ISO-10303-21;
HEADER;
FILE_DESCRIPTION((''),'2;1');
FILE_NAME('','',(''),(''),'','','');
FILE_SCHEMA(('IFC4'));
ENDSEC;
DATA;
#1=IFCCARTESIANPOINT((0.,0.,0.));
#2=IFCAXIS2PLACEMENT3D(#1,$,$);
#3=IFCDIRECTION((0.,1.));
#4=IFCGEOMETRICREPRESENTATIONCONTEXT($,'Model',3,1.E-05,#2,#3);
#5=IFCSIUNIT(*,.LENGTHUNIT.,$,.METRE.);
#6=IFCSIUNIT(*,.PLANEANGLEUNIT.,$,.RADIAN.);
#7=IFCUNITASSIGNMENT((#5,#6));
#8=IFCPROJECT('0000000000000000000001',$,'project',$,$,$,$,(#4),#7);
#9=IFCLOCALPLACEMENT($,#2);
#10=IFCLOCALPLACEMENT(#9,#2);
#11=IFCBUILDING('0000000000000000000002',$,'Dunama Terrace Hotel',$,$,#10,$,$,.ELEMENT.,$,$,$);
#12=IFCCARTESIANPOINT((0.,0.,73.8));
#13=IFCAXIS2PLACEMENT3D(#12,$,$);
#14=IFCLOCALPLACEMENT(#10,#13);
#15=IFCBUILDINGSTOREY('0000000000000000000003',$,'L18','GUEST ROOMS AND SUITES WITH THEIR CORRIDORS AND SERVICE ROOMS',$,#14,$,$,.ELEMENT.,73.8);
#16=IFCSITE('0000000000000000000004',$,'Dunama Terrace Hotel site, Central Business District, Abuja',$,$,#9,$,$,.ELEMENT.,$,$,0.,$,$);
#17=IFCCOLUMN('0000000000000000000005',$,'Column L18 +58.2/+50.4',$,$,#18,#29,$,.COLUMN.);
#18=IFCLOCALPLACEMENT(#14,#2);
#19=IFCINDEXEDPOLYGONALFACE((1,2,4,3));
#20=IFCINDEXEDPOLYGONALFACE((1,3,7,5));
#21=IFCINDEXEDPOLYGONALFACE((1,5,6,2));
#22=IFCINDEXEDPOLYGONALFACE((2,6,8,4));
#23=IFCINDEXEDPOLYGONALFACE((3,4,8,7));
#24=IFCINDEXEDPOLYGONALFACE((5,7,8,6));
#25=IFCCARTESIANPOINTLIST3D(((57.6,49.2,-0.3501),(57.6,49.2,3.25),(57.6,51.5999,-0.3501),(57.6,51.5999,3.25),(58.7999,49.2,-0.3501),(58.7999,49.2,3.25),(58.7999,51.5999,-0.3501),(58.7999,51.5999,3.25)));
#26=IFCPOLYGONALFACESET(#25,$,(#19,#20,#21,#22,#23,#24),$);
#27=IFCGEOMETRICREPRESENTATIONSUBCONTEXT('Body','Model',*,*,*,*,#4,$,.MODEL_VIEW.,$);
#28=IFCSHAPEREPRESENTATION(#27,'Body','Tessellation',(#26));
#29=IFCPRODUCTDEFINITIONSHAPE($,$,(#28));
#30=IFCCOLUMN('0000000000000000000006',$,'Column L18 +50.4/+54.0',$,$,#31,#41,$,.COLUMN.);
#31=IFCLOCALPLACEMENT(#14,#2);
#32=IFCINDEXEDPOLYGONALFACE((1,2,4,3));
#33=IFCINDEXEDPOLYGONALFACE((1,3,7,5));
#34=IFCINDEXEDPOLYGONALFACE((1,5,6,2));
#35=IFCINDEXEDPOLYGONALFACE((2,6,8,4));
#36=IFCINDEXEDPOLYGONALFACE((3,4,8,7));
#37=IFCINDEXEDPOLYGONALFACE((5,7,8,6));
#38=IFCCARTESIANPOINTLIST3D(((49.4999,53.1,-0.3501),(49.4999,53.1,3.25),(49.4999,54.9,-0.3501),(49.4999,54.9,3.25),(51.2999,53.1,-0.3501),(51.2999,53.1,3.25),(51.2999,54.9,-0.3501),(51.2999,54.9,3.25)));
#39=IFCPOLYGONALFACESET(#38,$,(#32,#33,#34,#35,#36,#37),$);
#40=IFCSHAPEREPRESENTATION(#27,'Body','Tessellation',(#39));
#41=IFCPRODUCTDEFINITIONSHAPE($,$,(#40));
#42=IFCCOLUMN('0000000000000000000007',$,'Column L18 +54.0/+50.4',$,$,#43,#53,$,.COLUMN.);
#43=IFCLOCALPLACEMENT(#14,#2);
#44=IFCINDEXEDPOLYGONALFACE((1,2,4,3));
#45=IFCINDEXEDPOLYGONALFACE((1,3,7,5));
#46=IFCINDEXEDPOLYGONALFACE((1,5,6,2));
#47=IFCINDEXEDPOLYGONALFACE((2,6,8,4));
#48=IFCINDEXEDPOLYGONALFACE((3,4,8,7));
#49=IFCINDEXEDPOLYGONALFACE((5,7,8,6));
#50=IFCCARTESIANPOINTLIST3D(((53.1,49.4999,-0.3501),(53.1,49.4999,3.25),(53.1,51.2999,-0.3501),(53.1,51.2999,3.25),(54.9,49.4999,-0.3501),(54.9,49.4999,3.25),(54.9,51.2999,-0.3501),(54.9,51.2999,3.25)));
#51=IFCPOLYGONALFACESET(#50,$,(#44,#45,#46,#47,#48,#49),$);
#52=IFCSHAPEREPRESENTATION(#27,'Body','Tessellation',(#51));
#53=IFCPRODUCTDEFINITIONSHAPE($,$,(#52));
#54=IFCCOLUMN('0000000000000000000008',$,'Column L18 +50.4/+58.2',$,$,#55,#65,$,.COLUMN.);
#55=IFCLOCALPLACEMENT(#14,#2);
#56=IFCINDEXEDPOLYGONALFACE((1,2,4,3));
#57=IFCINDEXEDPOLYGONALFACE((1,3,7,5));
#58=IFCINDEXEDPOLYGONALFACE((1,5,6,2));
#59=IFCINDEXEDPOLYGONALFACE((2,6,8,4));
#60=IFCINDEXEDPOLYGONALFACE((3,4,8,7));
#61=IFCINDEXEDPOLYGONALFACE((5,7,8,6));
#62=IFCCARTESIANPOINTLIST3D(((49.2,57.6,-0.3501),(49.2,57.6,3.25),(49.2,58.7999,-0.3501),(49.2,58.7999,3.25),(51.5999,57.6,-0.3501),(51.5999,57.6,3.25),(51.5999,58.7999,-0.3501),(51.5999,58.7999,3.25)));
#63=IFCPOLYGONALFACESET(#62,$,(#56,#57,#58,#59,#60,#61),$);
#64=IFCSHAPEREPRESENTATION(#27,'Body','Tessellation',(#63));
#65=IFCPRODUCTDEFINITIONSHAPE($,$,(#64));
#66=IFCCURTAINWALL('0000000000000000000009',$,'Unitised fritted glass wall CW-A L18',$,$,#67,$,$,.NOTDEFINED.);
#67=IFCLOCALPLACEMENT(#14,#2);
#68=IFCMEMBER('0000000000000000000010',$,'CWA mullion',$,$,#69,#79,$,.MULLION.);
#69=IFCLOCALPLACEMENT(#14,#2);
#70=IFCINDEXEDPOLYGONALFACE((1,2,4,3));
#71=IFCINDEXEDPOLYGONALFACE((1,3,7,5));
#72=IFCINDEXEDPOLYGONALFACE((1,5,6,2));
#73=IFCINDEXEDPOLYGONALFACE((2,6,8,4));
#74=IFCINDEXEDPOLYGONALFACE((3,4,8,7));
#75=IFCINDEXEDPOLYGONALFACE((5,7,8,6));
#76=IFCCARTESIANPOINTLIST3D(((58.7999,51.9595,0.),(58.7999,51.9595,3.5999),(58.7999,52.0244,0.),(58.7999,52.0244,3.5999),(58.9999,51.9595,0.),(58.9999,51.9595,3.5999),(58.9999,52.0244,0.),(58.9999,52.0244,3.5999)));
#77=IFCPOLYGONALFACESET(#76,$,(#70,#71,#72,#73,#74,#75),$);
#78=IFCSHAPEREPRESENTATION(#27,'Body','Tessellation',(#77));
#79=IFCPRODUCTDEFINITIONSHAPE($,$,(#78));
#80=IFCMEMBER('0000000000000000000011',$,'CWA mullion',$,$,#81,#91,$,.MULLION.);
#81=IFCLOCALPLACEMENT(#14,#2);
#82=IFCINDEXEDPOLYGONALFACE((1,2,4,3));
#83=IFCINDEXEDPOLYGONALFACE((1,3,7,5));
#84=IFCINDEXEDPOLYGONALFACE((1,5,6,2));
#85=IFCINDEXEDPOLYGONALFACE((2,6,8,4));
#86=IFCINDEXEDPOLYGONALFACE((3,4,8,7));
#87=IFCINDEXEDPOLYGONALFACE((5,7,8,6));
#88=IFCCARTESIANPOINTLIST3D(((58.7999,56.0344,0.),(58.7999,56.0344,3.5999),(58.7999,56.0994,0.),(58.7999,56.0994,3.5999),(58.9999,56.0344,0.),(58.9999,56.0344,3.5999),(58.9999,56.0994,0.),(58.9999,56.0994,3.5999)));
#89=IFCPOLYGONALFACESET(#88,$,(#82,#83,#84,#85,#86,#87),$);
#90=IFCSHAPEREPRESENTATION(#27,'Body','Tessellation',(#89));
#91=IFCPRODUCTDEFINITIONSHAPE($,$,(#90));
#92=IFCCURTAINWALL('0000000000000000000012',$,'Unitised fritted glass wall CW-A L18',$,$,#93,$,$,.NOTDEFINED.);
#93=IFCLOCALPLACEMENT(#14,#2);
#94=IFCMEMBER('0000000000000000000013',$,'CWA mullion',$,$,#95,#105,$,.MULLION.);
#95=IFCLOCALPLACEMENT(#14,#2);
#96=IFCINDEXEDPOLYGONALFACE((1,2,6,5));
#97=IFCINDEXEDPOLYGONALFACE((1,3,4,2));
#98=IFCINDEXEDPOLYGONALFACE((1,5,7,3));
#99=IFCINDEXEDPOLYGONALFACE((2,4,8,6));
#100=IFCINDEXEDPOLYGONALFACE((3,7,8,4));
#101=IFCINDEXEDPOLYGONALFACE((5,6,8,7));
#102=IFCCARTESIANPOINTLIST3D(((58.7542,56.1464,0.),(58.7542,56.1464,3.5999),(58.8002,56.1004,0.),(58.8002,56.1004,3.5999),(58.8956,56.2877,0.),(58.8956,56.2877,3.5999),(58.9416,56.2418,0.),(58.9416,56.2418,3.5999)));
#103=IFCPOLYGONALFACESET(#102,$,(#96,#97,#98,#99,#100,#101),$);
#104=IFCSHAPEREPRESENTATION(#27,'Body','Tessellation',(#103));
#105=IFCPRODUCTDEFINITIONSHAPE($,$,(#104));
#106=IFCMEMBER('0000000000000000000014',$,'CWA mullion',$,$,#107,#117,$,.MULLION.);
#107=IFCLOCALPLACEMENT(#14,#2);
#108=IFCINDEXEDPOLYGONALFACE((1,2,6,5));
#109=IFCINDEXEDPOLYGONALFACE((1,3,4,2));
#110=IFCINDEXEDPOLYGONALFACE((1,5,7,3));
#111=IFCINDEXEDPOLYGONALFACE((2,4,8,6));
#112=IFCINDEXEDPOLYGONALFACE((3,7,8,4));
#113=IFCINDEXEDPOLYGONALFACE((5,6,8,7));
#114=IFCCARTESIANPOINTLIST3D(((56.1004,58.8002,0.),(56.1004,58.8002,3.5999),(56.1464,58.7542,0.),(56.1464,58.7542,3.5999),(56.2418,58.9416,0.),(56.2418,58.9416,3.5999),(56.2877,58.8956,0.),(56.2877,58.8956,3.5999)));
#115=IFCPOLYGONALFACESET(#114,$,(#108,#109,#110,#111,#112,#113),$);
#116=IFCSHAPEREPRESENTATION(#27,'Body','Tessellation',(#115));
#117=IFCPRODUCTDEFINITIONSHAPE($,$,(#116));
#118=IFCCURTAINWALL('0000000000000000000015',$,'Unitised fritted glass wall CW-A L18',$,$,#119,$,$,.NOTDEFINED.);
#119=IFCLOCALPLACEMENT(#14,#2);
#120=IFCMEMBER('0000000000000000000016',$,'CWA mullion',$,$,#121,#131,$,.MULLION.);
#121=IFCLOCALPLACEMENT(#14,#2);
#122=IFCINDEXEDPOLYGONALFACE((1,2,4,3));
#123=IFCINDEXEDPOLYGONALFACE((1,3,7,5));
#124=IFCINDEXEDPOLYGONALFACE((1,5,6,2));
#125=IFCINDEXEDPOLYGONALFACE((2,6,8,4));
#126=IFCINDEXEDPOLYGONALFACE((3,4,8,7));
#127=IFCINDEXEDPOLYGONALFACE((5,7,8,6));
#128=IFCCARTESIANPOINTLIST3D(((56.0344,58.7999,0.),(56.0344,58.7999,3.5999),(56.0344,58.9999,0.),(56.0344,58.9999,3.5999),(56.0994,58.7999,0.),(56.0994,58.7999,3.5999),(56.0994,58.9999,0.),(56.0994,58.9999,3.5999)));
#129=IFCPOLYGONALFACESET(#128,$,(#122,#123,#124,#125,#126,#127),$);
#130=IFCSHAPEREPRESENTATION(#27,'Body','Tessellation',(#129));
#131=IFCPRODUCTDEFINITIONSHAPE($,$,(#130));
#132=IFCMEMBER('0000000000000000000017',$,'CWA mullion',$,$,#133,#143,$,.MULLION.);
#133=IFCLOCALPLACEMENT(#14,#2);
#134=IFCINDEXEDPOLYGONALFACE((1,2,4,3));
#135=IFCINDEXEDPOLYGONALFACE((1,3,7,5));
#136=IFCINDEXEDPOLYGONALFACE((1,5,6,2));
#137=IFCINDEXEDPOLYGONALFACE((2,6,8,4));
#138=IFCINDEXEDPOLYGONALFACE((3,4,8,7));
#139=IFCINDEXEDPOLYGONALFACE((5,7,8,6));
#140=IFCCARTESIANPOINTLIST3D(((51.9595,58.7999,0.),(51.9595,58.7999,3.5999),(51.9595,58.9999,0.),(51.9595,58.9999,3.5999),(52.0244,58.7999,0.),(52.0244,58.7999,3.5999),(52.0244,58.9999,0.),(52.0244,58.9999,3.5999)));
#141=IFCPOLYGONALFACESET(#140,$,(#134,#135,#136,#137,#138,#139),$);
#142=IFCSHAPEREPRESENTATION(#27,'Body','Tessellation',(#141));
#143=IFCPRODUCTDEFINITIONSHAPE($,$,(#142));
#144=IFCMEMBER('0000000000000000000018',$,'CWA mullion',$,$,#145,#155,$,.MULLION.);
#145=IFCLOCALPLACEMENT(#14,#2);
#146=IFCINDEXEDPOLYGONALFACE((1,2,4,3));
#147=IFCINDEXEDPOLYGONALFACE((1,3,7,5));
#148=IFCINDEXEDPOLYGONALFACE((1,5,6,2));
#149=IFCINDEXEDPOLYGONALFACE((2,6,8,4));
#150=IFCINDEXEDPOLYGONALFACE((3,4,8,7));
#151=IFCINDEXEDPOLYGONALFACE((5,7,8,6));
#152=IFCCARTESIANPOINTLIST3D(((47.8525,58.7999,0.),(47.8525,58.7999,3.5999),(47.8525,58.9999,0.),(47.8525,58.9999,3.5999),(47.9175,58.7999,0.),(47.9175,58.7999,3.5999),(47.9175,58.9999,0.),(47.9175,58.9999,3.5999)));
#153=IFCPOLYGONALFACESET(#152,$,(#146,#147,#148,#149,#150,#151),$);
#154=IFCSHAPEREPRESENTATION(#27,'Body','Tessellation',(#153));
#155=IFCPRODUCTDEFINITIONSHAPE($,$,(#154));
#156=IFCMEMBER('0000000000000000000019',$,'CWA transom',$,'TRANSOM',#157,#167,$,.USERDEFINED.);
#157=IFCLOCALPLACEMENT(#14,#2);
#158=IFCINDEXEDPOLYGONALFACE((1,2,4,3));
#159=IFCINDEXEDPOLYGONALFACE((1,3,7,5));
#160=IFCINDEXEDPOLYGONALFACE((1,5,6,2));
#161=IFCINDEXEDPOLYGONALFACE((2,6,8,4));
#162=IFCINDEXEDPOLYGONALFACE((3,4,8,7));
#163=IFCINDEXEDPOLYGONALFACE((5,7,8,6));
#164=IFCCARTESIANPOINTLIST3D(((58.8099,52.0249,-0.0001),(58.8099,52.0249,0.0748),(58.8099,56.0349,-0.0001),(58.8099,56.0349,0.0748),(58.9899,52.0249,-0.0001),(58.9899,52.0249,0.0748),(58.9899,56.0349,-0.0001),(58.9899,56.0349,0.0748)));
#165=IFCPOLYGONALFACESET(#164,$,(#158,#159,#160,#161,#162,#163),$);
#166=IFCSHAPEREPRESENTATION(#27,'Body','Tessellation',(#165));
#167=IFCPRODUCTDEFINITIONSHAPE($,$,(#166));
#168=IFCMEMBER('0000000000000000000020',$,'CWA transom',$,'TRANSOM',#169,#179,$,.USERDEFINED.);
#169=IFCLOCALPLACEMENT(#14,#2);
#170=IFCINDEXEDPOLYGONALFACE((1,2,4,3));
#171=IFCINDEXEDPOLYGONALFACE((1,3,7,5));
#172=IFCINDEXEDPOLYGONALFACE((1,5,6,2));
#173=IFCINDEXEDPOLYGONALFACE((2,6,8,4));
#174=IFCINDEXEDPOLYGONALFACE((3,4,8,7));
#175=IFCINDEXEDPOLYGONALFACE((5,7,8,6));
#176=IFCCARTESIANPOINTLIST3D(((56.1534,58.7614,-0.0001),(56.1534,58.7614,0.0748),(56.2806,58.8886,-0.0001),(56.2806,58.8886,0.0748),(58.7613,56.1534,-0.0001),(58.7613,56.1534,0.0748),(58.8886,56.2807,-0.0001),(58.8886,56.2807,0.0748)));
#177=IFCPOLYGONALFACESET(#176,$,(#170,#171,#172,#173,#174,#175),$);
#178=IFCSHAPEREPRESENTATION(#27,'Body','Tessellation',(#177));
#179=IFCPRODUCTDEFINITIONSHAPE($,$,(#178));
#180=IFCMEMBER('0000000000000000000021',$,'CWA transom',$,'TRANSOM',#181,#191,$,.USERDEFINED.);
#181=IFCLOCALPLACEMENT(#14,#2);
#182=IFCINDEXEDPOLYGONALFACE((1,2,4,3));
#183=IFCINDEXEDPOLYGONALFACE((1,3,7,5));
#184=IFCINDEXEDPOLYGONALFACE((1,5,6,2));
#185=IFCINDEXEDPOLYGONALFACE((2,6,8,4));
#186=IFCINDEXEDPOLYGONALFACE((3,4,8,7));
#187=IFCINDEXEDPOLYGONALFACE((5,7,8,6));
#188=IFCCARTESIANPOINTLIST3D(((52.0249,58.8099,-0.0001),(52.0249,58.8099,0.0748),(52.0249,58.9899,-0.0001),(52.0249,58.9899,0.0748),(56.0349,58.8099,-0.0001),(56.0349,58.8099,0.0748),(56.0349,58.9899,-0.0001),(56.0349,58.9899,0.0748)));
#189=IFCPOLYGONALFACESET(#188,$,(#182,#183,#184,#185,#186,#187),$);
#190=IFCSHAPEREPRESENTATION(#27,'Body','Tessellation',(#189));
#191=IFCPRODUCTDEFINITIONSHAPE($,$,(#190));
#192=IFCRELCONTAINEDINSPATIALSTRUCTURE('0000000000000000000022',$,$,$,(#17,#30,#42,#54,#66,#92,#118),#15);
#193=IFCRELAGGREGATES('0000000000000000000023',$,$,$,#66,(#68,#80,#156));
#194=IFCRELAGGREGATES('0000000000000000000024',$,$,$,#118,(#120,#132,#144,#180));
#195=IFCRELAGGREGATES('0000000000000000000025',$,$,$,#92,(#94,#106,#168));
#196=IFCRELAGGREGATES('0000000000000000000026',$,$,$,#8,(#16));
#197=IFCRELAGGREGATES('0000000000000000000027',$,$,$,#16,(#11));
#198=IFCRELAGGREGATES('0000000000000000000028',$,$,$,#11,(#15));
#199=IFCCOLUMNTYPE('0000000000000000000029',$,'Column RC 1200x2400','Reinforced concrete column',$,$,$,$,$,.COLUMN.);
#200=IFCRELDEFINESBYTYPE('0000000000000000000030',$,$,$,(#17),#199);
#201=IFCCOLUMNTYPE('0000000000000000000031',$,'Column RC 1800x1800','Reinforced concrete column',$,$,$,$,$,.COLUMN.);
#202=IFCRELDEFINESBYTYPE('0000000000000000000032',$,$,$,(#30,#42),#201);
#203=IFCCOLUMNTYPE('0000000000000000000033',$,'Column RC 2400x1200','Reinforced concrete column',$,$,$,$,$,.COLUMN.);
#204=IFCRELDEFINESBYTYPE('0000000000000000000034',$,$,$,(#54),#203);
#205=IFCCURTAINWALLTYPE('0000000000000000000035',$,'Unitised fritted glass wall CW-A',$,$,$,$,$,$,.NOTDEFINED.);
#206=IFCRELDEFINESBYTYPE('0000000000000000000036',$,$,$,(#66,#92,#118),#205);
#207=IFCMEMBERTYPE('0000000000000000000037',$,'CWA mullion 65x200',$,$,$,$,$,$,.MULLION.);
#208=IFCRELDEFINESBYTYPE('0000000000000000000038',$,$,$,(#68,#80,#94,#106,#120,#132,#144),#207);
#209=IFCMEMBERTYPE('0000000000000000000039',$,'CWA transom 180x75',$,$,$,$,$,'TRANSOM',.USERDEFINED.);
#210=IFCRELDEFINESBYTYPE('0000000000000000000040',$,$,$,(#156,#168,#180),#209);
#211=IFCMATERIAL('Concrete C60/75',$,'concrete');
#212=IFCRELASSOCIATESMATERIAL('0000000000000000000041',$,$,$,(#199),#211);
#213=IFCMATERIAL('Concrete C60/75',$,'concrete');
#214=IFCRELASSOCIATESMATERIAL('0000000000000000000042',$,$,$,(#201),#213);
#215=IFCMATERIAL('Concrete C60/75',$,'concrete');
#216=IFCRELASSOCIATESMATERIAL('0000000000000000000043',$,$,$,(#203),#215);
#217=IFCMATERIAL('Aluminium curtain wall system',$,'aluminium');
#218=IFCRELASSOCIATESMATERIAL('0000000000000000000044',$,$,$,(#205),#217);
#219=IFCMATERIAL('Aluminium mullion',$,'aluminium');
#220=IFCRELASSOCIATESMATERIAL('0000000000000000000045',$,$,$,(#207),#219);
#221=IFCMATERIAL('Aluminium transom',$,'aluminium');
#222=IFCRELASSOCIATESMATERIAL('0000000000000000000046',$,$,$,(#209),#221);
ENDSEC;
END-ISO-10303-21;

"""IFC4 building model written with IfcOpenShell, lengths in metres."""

from ifc_helpers import new_model, si_unit, direction, frame, origin, origin_2d, place, context, subcontext, project, spatial, rectangle, extrude, material, material_profile, profile_set, type_object, element, aggregate, save


model = new_model("IFC4")

# Units and contexts
model_context = context("Model", 3, precision=1e-05, world=origin(), true_north=direction((0.0, 1.0)))
body_context = subcontext(model_context, "Body", "Model", "MODEL_VIEW")
ifc_project = project(units=[si_unit("LENGTHUNIT", "METRE"), si_unit("PLANEANGLEUNIT", "RADIAN")], contexts=[model_context])

# Site, building, storey
site_placement = place(None, origin())
site = spatial("IfcSite", under=ifc_project, at=site_placement, Name="Dunama Terrace Hotel site, Central Business District, Abuja", CompositionType="ELEMENT", RefElevation=0.0)
building_placement = place(site_placement, origin())
building = spatial("IfcBuilding", under=site, at=building_placement, Name="Dunama Terrace Hotel", CompositionType="ELEMENT")
storey_placement = place(building_placement, frame((0.0, 0.0, 73.8)))
storey = spatial("IfcBuildingStorey", under=building, at=storey_placement, Name="L18", Description="GUEST ROOMS AND SUITES WITH THEIR CORRIDORS AND SERVICE ROOMS", CompositionType="ELEMENT", Elevation=73.8)

# Columns
ifc_material_1 = material(Name="Concrete C60/75", Category="concrete")
ifc_material_profile_1 = material_profile(ifc_material_1, rectangle(XDim=1.2, YDim=2.3999, at=origin_2d()), Name="RC 1200x2400")
ifc_profile_set_1 = profile_set([ifc_material_profile_1], Name="Concrete C60/75")
column_type_1 = type_object("IfcColumnType", Name="Column RC 1200x2400", Description="Reinforced concrete column", PredefinedType="COLUMN", material=ifc_profile_set_1)
column_1_placement = place(storey_placement, frame((58.2, 50.3999, -0.3501), z_axis=(0.0, 0.0, 1.0), x_axis=(1.0, 0.0, 0.0)))
element("IfcColumn", 1, at=column_1_placement, inside=storey, type_object=column_type_1, Name="Column L18 +58.2/+50.4", PredefinedType="COLUMN", context=body_context, shape_type="SweptSolid", body=[
    extrude(rectangle(XDim=1.2, YDim=2.3999, at=origin_2d()), origin(), (0.0, 0.0, 1.0), 3.6001),
])
ifc_material_2 = material(Name="Concrete C60/75", Category="concrete")
ifc_material_profile_2 = material_profile(ifc_material_2, rectangle(XDim=1.8, YDim=1.8, at=origin_2d()), Name="RC 1800x1800")
ifc_profile_set_2 = profile_set([ifc_material_profile_2], Name="Concrete C60/75")
column_type_2 = type_object("IfcColumnType", Name="Column RC 1800x1800", Description="Reinforced concrete column", PredefinedType="COLUMN", material=ifc_profile_set_2)
for number, where, z_axis, x_axis, name in (
    (2, (50.3999, 54.0, -0.3501), (0.0, 0.0, 1.0), (1.0, 0.0, 0.0), "Column L18 +50.4/+54.0"),
    (3, (54.0, 50.3999, -0.3501), (0.0, 0.0, 1.0), (1.0, 0.0, 0.0), "Column L18 +54.0/+50.4"),
):
    element("IfcColumn", number, at=place(storey_placement, frame(where, z_axis=z_axis, x_axis=x_axis)), inside=storey, type_object=column_type_2, Name=name, PredefinedType="COLUMN", context=body_context, shape_type="SweptSolid", body=[
        extrude(rectangle(XDim=1.8, YDim=1.8, at=origin_2d()), origin(), (0.0, 0.0, 1.0), 3.6001),
    ])
ifc_material_3 = material(Name="Concrete C60/75", Category="concrete")
ifc_material_profile_3 = material_profile(ifc_material_3, rectangle(XDim=2.3999, YDim=1.2, at=origin_2d()), Name="RC 2400x1200")
ifc_profile_set_3 = profile_set([ifc_material_profile_3], Name="Concrete C60/75")
column_type_3 = type_object("IfcColumnType", Name="Column RC 2400x1200", Description="Reinforced concrete column", PredefinedType="COLUMN", material=ifc_profile_set_3)
column_2_placement = place(storey_placement, frame((50.3999, 58.2, -0.3501), z_axis=(0.0, 0.0, 1.0), x_axis=(1.0, 0.0, 0.0)))
element("IfcColumn", 4, at=column_2_placement, inside=storey, type_object=column_type_3, Name="Column L18 +50.4/+58.2", PredefinedType="COLUMN", context=body_context, shape_type="SweptSolid", body=[
    extrude(rectangle(XDim=2.3999, YDim=1.2, at=origin_2d()), origin(), (0.0, 0.0, 1.0), 3.6001),
])

# Curtain walls, members
ifc_material_4 = material(Name="Aluminium curtain wall system", Category="aluminium")
curtain_wall_type = type_object("IfcCurtainWallType", Name="Unitised fritted glass wall CW-A", PredefinedType="NOTDEFINED", material=ifc_material_4)
curtain_wall_1_placement = place(storey_placement, origin())
curtain_wall_1 = element("IfcCurtainWall", 5, at=curtain_wall_1_placement, inside=storey, type_object=curtain_wall_type, Name="Unitised fritted glass wall CW-A L18", PredefinedType="NOTDEFINED")
ifc_material_5 = material(Name="Aluminium mullion", Category="aluminium")
ifc_material_profile_4 = material_profile(ifc_material_5, rectangle(XDim=0.0649, YDim=0.2, at=origin_2d()), Name="CWA MULLION 65X200")
ifc_profile_set_4 = profile_set([ifc_material_profile_4], Name="Aluminium mullion")
member_type_1 = type_object("IfcMemberType", Name="CWA mullion 65x200", PredefinedType="MULLION", material=ifc_profile_set_4)
member_1_placement = place(storey_placement, frame((58.8999, 51.9919, 0.0), z_axis=(0.0, 0.0, 1.0), x_axis=(0.0, 1.0, 0.0)))
member_1 = element("IfcMember", 6, at=member_1_placement, type_object=member_type_1, Name="CWA mullion", PredefinedType="MULLION", context=body_context, shape_type="SweptSolid", body=[
    extrude(rectangle(XDim=0.0649, YDim=0.2, at=origin_2d()), origin(), (0.0, 0.0, 1.0), 3.5999),
])
member_2_placement = place(storey_placement, frame((58.8999, 56.0669, 0.0), z_axis=(0.0, 0.0, 1.0), x_axis=(0.0, 1.0, 0.0)))
member_2 = element("IfcMember", 7, at=member_2_placement, type_object=member_type_1, Name="CWA mullion", PredefinedType="MULLION", context=body_context, shape_type="SweptSolid", body=[
    extrude(rectangle(XDim=0.0649, YDim=0.2, at=origin_2d()), origin(), (0.0, 0.0, 1.0), 3.5999),
])
curtain_wall_2_placement = place(storey_placement, origin())
curtain_wall_2 = element("IfcCurtainWall", 8, at=curtain_wall_2_placement, inside=storey, type_object=curtain_wall_type, Name="Unitised fritted glass wall CW-A L18", PredefinedType="NOTDEFINED")
member_3_placement = place(storey_placement, frame((58.8479, 56.1941, 0.0), z_axis=(0.0, 0.0, 1.0), x_axis=(-0.707107, 0.707107, 0.0)))
member_3 = element("IfcMember", 9, at=member_3_placement, type_object=member_type_1, Name="CWA mullion", PredefinedType="MULLION", context=body_context, shape_type="SweptSolid", body=[
    extrude(rectangle(XDim=0.0649, YDim=0.2, at=origin_2d()), origin(), (0.0, 0.0, 1.0), 3.5999),
])
member_4_placement = place(storey_placement, frame((56.1941, 58.8479, 0.0), z_axis=(0.0, 0.0, 1.0), x_axis=(-0.707107, 0.707107, 0.0)))
member_4 = element("IfcMember", 10, at=member_4_placement, type_object=member_type_1, Name="CWA mullion", PredefinedType="MULLION", context=body_context, shape_type="SweptSolid", body=[
    extrude(rectangle(XDim=0.0649, YDim=0.2, at=origin_2d()), origin(), (0.0, 0.0, 1.0), 3.5999),
])
curtain_wall_3_placement = place(storey_placement, origin())
curtain_wall_3 = element("IfcCurtainWall", 11, at=curtain_wall_3_placement, inside=storey, type_object=curtain_wall_type, Name="Unitised fritted glass wall CW-A L18", PredefinedType="NOTDEFINED")
member_5_placement = place(storey_placement, frame((56.0669, 58.8999, 0.0), z_axis=(0.0, 0.0, 1.0), x_axis=(-1.0, 0.0, 0.0)))
member_5 = element("IfcMember", 12, at=member_5_placement, type_object=member_type_1, Name="CWA mullion", PredefinedType="MULLION", context=body_context, shape_type="SweptSolid", body=[
    extrude(rectangle(XDim=0.0649, YDim=0.2, at=origin_2d()), origin(), (0.0, 0.0, 1.0), 3.5999),
])
member_6_placement = place(storey_placement, frame((51.9919, 58.8999, 0.0), z_axis=(0.0, 0.0, 1.0), x_axis=(-1.0, 0.0, 0.0)))
member_6 = element("IfcMember", 13, at=member_6_placement, type_object=member_type_1, Name="CWA mullion", PredefinedType="MULLION", context=body_context, shape_type="SweptSolid", body=[
    extrude(rectangle(XDim=0.0649, YDim=0.2, at=origin_2d()), origin(), (0.0, 0.0, 1.0), 3.5999),
])
member_7_placement = place(storey_placement, frame((47.885, 58.8999, 0.0), z_axis=(0.0, 0.0, 1.0), x_axis=(-1.0, 0.0, 0.0)))
member_7 = element("IfcMember", 14, at=member_7_placement, type_object=member_type_1, Name="CWA mullion", PredefinedType="MULLION", context=body_context, shape_type="SweptSolid", body=[
    extrude(rectangle(XDim=0.0649, YDim=0.2, at=origin_2d()), origin(), (0.0, 0.0, 1.0), 3.5999),
])

# Members
ifc_material_6 = material(Name="Aluminium transom", Category="aluminium")
ifc_material_profile_5 = material_profile(ifc_material_6, rectangle(XDim=0.1799, YDim=0.075, at=origin_2d()), Name="CWA TRANSOM 180X75")
ifc_profile_set_5 = profile_set([ifc_material_profile_5], Name="Aluminium transom")
member_type_2 = type_object("IfcMemberType", Name="CWA transom 180x75", ElementType="TRANSOM", PredefinedType="USERDEFINED", material=ifc_profile_set_5)
member_8_placement = place(storey_placement, frame((58.8999, 52.0249, 0.0374), z_axis=(0.0, 1.0, 0.0), x_axis=(-1.0, 0.0, 0.0)))
member_8 = element("IfcMember", 15, at=member_8_placement, type_object=member_type_2, Name="CWA transom", ObjectType="TRANSOM", PredefinedType="USERDEFINED", context=body_context, shape_type="SweptSolid", body=[
    extrude(rectangle(XDim=0.1799, YDim=0.075, at=origin_2d()), origin(), (0.0, 0.0, 1.0), 4.01),
])
member_9_placement = place(storey_placement, frame((58.825, 56.217, 0.0374), z_axis=(-0.707107, 0.707107, 0.0), x_axis=(-0.707107, -0.707107, 0.0)))
member_9 = element("IfcMember", 16, at=member_9_placement, type_object=member_type_2, Name="CWA transom", ObjectType="TRANSOM", PredefinedType="USERDEFINED", context=body_context, shape_type="SweptSolid", body=[
    extrude(rectangle(XDim=0.1799, YDim=0.075, at=origin_2d()), origin(), (0.0, 0.0, 1.0), 3.6882),
])
member_10_placement = place(storey_placement, frame((56.0349, 58.8999, 0.0374), z_axis=(-1.0, 0.0, 0.0), x_axis=(0.0, -1.0, 0.0)))
member_10 = element("IfcMember", 17, at=member_10_placement, type_object=member_type_2, Name="CWA transom", ObjectType="TRANSOM", PredefinedType="USERDEFINED", context=body_context, shape_type="SweptSolid", body=[
    extrude(rectangle(XDim=0.1799, YDim=0.075, at=origin_2d()), origin(), (0.0, 0.0, 1.0), 4.01),
])

aggregate(curtain_wall_1, [member_1, member_2, member_8])
aggregate(curtain_wall_3, [member_5, member_6, member_7, member_10])
aggregate(curtain_wall_2, [member_3, member_4, member_9])

save(model, "model.ifc")
